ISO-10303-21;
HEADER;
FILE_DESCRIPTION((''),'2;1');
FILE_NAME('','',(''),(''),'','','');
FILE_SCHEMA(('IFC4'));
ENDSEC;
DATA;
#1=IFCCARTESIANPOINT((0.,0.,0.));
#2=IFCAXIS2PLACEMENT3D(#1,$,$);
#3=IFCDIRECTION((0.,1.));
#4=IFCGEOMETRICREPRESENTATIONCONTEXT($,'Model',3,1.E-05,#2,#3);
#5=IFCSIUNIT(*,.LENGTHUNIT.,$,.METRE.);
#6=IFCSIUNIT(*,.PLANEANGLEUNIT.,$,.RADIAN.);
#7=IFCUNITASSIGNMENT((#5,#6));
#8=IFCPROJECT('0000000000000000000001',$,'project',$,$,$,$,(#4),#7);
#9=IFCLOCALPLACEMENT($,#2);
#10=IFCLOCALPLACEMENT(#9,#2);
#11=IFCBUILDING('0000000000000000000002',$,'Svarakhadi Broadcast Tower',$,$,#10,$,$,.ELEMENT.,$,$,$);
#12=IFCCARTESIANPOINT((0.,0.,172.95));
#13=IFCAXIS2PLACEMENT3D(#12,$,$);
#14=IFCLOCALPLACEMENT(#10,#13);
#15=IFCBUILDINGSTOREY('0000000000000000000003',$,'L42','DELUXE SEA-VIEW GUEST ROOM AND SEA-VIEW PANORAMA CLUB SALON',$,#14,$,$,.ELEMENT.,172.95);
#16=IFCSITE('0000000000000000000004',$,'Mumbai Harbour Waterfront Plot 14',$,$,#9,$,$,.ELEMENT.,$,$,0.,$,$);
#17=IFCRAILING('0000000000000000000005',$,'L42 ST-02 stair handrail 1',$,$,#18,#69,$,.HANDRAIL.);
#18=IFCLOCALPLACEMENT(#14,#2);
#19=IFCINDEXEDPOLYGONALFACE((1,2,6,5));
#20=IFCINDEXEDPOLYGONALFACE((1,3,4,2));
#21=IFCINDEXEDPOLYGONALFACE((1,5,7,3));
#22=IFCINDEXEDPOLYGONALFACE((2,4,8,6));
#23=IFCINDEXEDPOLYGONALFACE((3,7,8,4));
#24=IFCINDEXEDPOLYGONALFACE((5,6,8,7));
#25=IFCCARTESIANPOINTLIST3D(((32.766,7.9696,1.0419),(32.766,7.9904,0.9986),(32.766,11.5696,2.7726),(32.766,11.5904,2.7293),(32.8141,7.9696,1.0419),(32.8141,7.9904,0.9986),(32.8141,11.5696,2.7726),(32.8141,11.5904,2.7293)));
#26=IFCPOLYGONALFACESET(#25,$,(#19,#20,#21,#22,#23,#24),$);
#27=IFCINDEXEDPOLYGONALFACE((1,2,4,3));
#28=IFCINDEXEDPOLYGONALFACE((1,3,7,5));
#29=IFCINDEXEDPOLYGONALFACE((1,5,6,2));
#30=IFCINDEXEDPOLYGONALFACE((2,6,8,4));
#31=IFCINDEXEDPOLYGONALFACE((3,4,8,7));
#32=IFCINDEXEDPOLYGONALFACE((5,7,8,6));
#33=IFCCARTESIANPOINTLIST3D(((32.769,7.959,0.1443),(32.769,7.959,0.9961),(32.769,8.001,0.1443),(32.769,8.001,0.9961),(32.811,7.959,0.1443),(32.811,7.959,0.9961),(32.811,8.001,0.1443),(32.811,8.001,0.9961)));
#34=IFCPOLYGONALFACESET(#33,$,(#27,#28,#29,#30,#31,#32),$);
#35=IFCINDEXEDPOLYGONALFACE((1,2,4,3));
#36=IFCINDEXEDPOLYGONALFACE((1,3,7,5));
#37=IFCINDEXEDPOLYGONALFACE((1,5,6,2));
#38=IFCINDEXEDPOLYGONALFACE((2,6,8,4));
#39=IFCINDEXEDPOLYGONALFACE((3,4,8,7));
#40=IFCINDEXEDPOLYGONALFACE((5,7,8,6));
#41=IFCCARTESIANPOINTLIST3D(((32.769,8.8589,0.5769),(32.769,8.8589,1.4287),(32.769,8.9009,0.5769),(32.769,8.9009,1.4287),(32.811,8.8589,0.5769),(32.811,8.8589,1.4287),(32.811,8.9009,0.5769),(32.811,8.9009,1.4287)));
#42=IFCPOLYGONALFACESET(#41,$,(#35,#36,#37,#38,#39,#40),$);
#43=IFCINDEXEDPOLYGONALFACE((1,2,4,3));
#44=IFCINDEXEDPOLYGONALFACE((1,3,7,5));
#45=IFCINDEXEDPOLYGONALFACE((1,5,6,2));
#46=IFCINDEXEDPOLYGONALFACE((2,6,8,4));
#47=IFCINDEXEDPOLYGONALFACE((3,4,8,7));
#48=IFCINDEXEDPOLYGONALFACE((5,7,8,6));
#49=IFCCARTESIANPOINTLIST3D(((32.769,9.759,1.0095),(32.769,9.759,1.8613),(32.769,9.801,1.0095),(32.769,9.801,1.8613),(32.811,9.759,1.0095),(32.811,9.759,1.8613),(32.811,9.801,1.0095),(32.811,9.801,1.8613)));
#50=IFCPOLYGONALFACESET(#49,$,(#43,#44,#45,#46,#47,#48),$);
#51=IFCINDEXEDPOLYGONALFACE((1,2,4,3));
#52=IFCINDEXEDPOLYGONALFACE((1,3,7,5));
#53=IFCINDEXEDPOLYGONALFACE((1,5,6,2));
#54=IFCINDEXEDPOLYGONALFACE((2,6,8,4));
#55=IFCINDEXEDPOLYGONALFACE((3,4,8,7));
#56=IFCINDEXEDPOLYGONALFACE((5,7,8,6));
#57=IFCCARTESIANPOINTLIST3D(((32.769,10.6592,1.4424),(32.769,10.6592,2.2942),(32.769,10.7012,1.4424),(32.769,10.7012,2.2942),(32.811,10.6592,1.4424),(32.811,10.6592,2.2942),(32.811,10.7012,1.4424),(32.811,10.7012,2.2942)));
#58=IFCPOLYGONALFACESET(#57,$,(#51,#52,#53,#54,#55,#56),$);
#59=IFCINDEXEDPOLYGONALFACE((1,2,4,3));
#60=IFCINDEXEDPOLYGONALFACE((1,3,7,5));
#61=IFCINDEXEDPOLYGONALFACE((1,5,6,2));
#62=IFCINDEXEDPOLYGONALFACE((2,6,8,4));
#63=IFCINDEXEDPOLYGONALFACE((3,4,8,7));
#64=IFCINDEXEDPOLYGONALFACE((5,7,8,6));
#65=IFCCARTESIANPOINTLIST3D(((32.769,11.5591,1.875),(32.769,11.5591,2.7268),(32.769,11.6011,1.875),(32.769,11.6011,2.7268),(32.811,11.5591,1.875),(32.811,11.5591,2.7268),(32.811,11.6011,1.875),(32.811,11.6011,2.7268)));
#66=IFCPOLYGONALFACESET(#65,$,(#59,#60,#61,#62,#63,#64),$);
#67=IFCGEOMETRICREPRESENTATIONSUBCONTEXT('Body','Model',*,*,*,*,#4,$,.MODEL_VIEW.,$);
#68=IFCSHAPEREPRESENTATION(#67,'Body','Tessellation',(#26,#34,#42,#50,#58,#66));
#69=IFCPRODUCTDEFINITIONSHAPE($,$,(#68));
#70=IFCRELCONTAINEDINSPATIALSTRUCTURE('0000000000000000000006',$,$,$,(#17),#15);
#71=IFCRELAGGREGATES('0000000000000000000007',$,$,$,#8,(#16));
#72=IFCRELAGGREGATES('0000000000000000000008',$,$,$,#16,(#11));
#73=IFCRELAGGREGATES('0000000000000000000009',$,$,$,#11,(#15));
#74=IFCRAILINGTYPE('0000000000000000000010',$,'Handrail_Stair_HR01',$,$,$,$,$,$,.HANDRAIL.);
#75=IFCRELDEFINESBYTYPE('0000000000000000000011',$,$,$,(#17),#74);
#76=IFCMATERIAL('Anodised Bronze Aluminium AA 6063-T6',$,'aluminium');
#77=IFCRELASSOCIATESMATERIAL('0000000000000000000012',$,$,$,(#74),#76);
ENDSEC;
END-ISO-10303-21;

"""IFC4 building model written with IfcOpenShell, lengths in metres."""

from ifc_helpers import new_model, si_unit, direction, frame, origin, origin_2d, place, context, subcontext, project, spatial, rectangle, extrude, material, type_object, element, save


model = new_model("IFC4")

# Units and contexts
model_context = context("Model", 3, precision=1e-05, world=origin(), true_north=direction((0.0, 1.0)))
body_context = subcontext(model_context, "Body", "Model", "MODEL_VIEW")
ifc_project = project(units=[si_unit("LENGTHUNIT", "METRE"), si_unit("PLANEANGLEUNIT", "RADIAN")], contexts=[model_context])

# Site, building, storey
site_placement = place(None, origin())
site = spatial("IfcSite", under=ifc_project, at=site_placement, Name="Mumbai Harbour Waterfront Plot 14", CompositionType="ELEMENT", RefElevation=0.0)
building_placement = place(site_placement, origin())
building = spatial("IfcBuilding", under=site, at=building_placement, Name="Svarakhadi Broadcast Tower", CompositionType="ELEMENT")
storey_placement = place(building_placement, frame((0.0, 0.0, 172.95)))
storey = spatial("IfcBuildingStorey", under=building, at=storey_placement, Name="L42", Description="DELUXE SEA-VIEW GUEST ROOM AND SEA-VIEW PANORAMA CLUB SALON", CompositionType="ELEMENT", Elevation=172.95)

# Shared definitions
ifc_material_1 = material(Name="Anodised Bronze Aluminium AA 6063-T6", Category="aluminium")

# Railing
railing_type_1 = type_object("IfcRailingType", Name="Handrail_Stair_HR01", PredefinedType="HANDRAIL", material=ifc_material_1)
railing_1_placement = place(storey_placement, frame((32.79, 7.98, 0.1443)))
element("IfcRailing", 1, at=railing_1_placement, inside=storey, type_object=railing_type_1, Name="L42 ST-02 stair handrail 1", PredefinedType="HANDRAIL", context=body_context, shape_type="SweptSolid", body=[
    extrude(rectangle(XDim=0.0481, YDim=0.0481, at=origin_2d()), frame((0.0, 0.0, 0.876), z_axis=(0.0, 0.901263, 0.433273), x_axis=(-1.0, 0.0, 0.0)), (0.0, 0.0, 1.0), 3.9944),
    extrude(rectangle(XDim=0.042, YDim=0.042, at=origin_2d()), origin(), (0.0, 0.0, 1.0), 0.8518),
    extrude(rectangle(XDim=0.042, YDim=0.042, at=origin_2d()), frame((0.0, 0.8999, 0.4326)), (0.0, 0.0, 1.0), 0.8518),
    extrude(rectangle(XDim=0.042, YDim=0.042, at=origin_2d()), frame((0.0, 1.8, 0.8652)), (0.0, 0.0, 1.0), 0.8518),
    extrude(rectangle(XDim=0.042, YDim=0.042, at=origin_2d()), frame((0.0, 2.7002, 1.2981)), (0.0, 0.0, 1.0), 0.8518),
    extrude(rectangle(XDim=0.042, YDim=0.042, at=origin_2d()), frame((0.0, 3.6001, 1.7307)), (0.0, 0.0, 1.0), 0.8518),
])

save(model, "model.ifc")
